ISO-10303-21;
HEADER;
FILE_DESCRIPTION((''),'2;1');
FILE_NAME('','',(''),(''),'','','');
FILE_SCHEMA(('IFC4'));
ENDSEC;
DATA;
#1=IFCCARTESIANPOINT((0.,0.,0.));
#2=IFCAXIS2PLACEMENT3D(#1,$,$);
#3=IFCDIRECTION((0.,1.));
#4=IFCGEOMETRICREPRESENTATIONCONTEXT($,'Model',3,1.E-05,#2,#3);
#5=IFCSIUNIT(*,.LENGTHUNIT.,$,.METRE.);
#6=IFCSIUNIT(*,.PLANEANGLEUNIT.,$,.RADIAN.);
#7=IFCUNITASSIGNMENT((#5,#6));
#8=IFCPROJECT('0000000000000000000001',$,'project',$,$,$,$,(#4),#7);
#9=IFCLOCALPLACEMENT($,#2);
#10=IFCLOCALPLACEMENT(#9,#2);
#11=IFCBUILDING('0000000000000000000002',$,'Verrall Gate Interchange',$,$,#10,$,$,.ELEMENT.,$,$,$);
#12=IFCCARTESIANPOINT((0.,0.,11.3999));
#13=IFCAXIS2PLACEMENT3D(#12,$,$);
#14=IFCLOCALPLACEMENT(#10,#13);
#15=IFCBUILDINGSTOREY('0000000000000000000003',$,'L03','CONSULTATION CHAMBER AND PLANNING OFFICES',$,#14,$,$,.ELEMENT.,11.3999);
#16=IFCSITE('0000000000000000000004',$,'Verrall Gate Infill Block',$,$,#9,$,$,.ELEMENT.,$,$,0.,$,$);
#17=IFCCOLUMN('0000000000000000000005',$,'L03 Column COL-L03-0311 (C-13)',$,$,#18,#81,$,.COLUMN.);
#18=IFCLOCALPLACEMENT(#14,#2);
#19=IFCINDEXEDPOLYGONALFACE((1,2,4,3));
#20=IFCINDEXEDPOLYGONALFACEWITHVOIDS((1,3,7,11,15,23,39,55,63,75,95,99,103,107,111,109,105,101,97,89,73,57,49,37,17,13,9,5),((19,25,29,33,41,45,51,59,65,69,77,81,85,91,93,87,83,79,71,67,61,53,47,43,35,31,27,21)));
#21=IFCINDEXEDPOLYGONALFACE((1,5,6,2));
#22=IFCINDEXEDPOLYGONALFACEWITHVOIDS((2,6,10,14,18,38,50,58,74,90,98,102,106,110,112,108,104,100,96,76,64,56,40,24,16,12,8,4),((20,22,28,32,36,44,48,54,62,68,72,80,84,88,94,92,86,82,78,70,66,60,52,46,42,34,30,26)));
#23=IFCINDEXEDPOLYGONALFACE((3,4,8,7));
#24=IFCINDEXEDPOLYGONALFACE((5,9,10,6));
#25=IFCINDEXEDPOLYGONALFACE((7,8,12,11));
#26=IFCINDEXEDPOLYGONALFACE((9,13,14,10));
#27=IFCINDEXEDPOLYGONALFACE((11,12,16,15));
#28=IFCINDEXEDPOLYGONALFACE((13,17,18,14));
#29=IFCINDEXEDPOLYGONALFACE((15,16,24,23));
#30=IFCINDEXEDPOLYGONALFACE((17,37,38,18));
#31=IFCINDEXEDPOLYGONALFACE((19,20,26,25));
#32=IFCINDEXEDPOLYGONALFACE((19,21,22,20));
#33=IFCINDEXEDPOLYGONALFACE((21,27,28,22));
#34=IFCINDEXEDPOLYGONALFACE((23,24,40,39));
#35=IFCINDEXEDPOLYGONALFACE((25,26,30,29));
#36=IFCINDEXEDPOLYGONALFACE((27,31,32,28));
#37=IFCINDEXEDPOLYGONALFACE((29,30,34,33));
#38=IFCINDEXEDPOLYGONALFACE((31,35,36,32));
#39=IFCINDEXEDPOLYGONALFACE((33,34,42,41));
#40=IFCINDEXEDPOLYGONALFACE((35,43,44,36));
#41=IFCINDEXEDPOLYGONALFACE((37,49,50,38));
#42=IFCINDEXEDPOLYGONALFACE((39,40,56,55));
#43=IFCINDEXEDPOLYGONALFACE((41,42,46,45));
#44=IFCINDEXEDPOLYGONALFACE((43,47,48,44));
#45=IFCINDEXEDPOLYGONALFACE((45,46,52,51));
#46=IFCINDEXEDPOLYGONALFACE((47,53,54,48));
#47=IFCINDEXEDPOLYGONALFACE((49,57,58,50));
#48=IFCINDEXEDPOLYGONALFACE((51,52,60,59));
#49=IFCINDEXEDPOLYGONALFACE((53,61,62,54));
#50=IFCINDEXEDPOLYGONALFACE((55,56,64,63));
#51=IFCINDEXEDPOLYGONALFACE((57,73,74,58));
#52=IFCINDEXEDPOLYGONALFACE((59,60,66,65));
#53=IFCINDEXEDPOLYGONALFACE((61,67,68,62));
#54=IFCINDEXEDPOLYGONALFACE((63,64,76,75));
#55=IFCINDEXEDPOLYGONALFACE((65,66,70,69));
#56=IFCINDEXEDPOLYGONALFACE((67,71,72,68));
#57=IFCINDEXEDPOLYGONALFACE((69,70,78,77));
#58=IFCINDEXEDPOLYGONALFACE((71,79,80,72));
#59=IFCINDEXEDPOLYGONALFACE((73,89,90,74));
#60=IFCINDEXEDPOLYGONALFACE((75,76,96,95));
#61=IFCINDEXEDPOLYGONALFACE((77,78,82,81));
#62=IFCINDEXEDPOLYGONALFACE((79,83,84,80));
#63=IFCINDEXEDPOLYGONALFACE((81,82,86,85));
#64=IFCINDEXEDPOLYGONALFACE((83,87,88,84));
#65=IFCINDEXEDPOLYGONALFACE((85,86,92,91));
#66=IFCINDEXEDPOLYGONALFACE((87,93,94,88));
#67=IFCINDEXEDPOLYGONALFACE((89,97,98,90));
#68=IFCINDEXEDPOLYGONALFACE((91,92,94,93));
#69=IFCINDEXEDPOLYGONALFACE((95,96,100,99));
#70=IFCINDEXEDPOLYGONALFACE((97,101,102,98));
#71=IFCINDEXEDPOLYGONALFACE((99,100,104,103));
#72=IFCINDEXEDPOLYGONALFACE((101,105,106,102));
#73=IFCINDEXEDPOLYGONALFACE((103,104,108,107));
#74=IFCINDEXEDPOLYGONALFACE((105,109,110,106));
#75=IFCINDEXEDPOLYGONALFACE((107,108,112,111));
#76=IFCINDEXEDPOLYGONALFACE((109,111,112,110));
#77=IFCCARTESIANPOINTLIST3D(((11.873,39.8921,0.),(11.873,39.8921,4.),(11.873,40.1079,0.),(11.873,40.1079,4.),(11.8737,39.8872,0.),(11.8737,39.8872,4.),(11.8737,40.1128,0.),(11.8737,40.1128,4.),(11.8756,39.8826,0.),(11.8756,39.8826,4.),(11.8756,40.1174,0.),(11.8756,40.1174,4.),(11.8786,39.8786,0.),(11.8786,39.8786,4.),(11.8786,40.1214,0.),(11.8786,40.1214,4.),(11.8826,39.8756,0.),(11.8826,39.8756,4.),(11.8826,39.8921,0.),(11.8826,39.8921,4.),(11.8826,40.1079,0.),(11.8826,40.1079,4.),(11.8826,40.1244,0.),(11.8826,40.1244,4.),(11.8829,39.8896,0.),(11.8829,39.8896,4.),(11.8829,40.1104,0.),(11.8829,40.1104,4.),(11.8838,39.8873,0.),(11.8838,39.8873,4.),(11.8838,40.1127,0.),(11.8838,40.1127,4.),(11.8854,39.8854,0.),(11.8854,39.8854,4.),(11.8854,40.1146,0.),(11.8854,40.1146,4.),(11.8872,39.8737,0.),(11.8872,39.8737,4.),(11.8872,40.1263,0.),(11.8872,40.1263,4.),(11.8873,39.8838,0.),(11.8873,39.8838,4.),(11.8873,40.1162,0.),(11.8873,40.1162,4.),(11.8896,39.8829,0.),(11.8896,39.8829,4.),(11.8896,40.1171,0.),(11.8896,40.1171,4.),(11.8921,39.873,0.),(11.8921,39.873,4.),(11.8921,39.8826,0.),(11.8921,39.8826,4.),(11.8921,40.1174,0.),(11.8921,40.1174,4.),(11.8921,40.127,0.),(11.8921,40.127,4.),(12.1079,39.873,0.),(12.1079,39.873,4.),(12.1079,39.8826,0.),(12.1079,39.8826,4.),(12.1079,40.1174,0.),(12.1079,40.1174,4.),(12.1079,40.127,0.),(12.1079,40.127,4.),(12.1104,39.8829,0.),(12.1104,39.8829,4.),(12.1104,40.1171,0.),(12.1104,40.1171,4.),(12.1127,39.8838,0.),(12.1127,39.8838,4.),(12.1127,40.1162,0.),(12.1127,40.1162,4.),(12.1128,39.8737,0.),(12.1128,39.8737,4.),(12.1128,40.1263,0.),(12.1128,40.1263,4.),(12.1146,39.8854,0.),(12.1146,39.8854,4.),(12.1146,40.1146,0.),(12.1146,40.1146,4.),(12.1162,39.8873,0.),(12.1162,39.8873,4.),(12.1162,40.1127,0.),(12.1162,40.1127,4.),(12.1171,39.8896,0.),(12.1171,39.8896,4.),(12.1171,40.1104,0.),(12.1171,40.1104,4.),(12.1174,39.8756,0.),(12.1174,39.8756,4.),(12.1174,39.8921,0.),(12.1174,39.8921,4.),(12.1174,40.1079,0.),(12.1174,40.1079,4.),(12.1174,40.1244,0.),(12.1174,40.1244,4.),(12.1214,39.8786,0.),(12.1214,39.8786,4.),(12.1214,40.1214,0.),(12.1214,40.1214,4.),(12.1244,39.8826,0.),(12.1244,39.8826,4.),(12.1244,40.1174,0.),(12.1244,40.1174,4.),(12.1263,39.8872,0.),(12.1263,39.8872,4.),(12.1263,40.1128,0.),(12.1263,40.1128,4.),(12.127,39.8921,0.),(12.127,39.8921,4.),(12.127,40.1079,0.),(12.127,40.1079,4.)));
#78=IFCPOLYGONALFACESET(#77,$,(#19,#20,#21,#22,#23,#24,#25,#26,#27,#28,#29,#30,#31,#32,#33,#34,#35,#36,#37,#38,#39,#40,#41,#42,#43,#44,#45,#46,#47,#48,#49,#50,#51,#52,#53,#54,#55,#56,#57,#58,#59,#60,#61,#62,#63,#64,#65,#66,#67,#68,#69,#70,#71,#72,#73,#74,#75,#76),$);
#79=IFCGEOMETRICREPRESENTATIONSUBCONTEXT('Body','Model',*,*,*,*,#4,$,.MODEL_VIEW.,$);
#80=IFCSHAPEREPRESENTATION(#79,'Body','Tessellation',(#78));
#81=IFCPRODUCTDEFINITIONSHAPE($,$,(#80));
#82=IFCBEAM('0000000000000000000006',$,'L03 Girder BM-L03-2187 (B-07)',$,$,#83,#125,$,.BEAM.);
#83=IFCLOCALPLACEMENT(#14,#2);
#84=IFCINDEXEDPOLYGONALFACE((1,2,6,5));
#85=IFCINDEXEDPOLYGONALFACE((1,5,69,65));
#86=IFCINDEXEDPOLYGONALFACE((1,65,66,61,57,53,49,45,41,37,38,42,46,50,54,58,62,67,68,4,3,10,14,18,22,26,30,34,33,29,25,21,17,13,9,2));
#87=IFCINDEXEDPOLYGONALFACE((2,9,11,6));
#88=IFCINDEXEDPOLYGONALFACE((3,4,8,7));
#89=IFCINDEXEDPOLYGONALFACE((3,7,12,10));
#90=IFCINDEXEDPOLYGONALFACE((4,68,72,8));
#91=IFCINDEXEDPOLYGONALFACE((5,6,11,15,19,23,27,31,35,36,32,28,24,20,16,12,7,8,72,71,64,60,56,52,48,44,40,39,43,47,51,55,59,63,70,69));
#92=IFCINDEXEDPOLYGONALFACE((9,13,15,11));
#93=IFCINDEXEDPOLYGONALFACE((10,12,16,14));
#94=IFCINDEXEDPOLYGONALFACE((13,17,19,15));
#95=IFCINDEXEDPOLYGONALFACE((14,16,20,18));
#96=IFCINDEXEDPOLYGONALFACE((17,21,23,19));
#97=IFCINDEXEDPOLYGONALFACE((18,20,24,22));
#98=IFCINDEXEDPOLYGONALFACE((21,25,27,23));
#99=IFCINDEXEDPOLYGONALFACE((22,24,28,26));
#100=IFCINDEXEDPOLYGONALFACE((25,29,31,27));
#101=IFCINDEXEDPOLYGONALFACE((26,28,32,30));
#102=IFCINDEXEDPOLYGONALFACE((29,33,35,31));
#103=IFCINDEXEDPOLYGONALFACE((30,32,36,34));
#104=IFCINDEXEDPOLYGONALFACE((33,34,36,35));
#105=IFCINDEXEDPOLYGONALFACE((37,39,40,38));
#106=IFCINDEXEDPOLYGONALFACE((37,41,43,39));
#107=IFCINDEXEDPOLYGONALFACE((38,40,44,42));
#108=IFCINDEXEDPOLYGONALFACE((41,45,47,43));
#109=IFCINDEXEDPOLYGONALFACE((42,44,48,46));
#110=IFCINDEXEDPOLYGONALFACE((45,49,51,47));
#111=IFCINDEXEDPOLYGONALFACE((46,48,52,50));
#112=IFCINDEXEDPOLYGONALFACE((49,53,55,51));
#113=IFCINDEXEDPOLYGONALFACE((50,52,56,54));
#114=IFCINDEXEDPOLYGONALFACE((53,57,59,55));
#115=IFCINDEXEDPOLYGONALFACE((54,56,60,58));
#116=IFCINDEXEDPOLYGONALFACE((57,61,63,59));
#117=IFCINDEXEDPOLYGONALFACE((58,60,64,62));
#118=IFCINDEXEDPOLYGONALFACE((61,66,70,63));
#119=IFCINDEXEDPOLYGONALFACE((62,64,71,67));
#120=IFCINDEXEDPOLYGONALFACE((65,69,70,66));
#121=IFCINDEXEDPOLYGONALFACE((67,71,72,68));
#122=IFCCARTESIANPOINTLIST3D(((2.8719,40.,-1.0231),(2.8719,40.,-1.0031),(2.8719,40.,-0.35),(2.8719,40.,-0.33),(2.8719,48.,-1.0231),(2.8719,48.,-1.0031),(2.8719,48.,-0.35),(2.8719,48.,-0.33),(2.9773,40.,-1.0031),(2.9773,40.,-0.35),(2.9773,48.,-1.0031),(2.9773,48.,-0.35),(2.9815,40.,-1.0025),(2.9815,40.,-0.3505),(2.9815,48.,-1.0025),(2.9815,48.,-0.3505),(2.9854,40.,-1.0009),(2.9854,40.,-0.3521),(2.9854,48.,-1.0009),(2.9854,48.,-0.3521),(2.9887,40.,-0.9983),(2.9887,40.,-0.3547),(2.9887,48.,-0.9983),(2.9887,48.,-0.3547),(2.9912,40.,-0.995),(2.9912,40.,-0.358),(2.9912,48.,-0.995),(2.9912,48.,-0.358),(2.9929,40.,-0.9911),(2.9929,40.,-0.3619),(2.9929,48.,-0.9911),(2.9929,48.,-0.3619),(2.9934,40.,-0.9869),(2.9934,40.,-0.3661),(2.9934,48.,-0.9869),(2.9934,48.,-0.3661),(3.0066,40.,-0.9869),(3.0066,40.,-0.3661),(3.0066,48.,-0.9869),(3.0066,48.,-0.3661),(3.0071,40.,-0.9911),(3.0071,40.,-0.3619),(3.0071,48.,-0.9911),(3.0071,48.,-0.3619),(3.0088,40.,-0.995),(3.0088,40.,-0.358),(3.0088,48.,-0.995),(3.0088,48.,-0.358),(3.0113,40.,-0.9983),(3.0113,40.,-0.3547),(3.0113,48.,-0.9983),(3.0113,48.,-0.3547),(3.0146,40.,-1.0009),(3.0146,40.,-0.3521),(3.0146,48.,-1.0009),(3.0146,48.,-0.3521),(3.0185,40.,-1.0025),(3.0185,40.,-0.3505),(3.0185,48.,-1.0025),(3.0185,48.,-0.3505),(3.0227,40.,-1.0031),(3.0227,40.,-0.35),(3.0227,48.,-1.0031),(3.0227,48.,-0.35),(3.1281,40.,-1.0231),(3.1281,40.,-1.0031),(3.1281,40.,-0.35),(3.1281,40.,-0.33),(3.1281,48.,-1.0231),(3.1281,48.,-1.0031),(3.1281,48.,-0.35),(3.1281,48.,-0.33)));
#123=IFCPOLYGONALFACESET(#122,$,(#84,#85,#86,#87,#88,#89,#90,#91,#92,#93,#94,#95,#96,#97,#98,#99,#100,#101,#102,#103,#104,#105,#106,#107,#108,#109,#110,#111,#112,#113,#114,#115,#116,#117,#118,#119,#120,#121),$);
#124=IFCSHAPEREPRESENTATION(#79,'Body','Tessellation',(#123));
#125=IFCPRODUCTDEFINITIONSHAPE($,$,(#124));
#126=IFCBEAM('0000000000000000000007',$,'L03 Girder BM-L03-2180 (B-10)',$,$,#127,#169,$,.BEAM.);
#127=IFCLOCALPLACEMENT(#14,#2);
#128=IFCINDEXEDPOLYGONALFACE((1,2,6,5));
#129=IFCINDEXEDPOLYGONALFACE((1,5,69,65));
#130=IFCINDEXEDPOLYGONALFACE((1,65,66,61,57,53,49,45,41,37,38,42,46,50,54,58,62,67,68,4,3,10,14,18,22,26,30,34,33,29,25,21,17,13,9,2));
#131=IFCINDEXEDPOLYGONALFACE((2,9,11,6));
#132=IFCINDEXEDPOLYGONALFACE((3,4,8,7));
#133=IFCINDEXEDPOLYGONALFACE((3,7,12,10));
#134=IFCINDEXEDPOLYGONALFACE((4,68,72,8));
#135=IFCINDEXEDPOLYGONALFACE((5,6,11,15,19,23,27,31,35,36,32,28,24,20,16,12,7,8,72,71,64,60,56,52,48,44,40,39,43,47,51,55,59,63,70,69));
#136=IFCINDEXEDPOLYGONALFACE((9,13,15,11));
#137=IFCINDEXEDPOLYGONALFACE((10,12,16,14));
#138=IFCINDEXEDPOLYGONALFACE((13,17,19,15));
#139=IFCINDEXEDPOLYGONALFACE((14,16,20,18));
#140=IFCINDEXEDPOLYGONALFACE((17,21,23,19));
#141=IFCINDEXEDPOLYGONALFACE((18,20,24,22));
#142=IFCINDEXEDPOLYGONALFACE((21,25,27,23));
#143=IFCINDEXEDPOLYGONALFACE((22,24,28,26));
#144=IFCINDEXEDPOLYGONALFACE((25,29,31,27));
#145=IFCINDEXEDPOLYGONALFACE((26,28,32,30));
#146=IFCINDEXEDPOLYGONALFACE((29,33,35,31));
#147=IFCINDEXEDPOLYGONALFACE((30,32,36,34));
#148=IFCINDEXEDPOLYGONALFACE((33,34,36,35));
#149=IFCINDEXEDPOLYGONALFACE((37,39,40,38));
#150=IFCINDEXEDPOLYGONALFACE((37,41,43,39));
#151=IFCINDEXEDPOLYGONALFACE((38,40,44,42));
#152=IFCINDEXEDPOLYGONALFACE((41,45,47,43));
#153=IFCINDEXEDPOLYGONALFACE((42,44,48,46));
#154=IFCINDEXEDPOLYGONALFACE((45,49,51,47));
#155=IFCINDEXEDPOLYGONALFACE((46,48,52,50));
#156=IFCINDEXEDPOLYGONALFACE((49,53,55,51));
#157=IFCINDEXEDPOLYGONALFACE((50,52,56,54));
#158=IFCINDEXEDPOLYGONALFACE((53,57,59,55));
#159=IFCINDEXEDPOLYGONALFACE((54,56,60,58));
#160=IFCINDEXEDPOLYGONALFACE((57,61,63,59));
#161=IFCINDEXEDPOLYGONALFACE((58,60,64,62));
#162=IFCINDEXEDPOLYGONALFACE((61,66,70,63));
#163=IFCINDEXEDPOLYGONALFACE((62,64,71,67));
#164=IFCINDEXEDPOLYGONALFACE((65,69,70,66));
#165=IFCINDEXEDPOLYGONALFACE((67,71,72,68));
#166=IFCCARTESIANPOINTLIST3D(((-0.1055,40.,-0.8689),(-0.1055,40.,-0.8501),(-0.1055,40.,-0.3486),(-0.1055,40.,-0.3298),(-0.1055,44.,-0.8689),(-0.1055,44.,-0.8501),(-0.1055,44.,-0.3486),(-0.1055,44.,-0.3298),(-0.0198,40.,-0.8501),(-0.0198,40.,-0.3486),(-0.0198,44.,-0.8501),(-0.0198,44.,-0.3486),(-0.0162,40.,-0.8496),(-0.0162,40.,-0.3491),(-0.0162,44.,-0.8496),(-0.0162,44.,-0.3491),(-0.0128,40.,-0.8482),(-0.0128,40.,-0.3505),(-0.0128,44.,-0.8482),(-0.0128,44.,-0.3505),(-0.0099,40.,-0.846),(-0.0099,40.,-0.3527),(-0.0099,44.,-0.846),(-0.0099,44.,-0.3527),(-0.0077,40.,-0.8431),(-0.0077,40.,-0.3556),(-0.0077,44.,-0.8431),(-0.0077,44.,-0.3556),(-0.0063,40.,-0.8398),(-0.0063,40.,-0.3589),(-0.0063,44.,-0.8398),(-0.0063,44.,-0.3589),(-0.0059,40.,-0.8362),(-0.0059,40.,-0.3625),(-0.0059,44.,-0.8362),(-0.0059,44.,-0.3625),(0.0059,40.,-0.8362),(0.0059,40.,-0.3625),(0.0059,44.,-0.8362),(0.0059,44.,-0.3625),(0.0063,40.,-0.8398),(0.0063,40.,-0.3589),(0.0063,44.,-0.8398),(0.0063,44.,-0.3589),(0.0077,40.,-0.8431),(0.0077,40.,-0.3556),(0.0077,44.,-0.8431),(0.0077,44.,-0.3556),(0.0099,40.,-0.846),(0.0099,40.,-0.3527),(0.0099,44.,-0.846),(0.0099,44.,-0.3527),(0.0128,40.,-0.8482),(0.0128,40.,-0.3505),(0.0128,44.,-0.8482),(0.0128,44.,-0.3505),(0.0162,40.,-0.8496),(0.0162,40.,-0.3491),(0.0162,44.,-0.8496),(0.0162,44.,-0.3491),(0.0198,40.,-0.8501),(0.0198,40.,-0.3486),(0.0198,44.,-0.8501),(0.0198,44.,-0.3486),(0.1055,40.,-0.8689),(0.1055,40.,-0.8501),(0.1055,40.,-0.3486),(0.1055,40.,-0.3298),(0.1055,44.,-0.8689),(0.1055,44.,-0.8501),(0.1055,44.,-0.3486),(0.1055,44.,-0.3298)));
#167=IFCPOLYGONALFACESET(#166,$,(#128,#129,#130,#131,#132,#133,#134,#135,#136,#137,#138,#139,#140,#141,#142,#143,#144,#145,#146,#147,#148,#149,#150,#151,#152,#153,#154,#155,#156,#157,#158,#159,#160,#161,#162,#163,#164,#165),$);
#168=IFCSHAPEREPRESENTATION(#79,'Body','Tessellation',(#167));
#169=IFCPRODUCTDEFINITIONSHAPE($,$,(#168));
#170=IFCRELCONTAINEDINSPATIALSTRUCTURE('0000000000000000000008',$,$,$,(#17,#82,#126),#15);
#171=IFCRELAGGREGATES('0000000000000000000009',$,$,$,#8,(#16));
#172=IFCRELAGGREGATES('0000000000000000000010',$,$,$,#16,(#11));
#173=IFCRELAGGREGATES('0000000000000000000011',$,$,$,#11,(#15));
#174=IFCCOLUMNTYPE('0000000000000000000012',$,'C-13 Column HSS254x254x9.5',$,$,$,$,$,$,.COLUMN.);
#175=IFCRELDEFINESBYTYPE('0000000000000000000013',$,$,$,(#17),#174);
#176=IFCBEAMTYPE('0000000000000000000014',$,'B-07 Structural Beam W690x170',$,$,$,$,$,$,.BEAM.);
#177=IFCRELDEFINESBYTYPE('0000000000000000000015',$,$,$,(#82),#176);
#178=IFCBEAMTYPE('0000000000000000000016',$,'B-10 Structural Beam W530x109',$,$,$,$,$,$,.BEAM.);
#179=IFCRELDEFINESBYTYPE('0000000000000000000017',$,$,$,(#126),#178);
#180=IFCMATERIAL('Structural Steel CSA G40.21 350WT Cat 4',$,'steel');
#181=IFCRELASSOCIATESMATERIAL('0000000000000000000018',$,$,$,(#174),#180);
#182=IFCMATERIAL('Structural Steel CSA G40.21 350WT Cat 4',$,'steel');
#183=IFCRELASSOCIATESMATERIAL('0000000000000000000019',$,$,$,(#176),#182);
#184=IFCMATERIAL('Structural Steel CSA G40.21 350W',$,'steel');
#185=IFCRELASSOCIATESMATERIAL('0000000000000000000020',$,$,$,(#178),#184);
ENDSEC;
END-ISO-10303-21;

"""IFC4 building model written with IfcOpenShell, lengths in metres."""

from ifc_helpers import new_model, si_unit, direction, frame, origin, origin_2d, place, context, subcontext, project, spatial, hollow_rectangle, i_section, extrude, material, material_profile, profile_set, type_object, element, save


model = new_model("IFC4")

# Units and contexts
model_context = context("Model", 3, precision=1e-05, world=origin(), true_north=direction((0.0, 1.0)))
body_context = subcontext(model_context, "Body", "Model", "MODEL_VIEW")
ifc_project = project(units=[si_unit("LENGTHUNIT", "METRE"), si_unit("PLANEANGLEUNIT", "RADIAN")], contexts=[model_context])

# Site, building, storey
site_placement = place(None, origin())
site = spatial("IfcSite", under=ifc_project, at=site_placement, Name="Verrall Gate Infill Block", CompositionType="ELEMENT", RefElevation=0.0)
building_placement = place(site_placement, origin())
building = spatial("IfcBuilding", under=site, at=building_placement, Name="Verrall Gate Interchange", CompositionType="ELEMENT")
storey_placement = place(building_placement, frame((0.0, 0.0, 11.3999)))
storey = spatial("IfcBuildingStorey", under=building, at=storey_placement, Name="L03", Description="CONSULTATION CHAMBER AND PLANNING OFFICES", CompositionType="ELEMENT", Elevation=11.3999)

# Column
ifc_material_1 = material(Name="Structural Steel CSA G40.21 350WT Cat 4", Category="steel")
ifc_material_profile_1 = material_profile(ifc_material_1, hollow_rectangle(XDim=0.2539, YDim=0.2539, WallThickness=0.0095, InnerFilletRadius=0.0095, OuterFilletRadius=0.019, at=origin_2d()), Name="HSS254x254x9.5")
ifc_profile_set_1 = profile_set([ifc_material_profile_1], Name="Structural Steel CSA G40.21 350WT Cat 4")
column_type_1 = type_object("IfcColumnType", Name="C-13 Column HSS254x254x9.5", PredefinedType="COLUMN", material=ifc_profile_set_1)
for number, where, z_axis, x_axis, name in (
    (1, (12.0, 40.0, 0.0), (0.0, 0.0, 1.0), (1.0, 0.0, 0.0), "L03 Column COL-L03-0311 (C-13)"),
):
    element("IfcColumn", number, at=place(storey_placement, frame(where, z_axis=z_axis, x_axis=x_axis)), inside=storey, type_object=column_type_1, Name=name, PredefinedType="COLUMN", context=body_context, shape_type="SweptSolid", body=[
        extrude(hollow_rectangle(XDim=0.2539, YDim=0.2539, WallThickness=0.0095, InnerFilletRadius=0.0095, OuterFilletRadius=0.019, at=origin_2d()), origin(), (0.0, 0.0, 1.0), 4.0),
    ])

# Beams
ifc_material_2 = material(Name="Structural Steel CSA G40.21 350WT Cat 4", Category="steel")
ifc_material_profile_2 = material_profile(ifc_material_2, i_section(OverallWidth=0.2561, OverallDepth=0.6931, WebThickness=0.0132, FlangeThickness=0.02, FilletRadius=0.0161, at=origin_2d()), Name="W690x170")
ifc_profile_set_2 = profile_set([ifc_material_profile_2], Name="Structural Steel CSA G40.21 350WT Cat 4")
beam_type_1 = type_object("IfcBeamType", Name="B-07 Structural Beam W690x170", PredefinedType="BEAM", material=ifc_profile_set_2)
beam_1_placement = place(storey_placement, frame((3.0, 40.0, -0.6765), z_axis=(0.0, 1.0, 0.0), x_axis=(-1.0, 0.0, 0.0)))
element("IfcBeam", 2, at=beam_1_placement, inside=storey, type_object=beam_type_1, Name="L03 Girder BM-L03-2187 (B-07)", PredefinedType="BEAM", context=body_context, shape_type="SweptSolid", body=[
    extrude(i_section(OverallWidth=0.2561, OverallDepth=0.6931, WebThickness=0.0132, FlangeThickness=0.02, FilletRadius=0.0161, at=origin_2d()), origin(), (0.0, 0.0, 1.0), 8.0),
])
ifc_material_3 = material(Name="Structural Steel CSA G40.21 350W", Category="steel")
ifc_material_profile_3 = material_profile(ifc_material_3, i_section(OverallWidth=0.2109, OverallDepth=0.5391, WebThickness=0.0117, FlangeThickness=0.0188, FilletRadius=0.0139, at=origin_2d()), Name="W530x109")
ifc_profile_set_3 = profile_set([ifc_material_profile_3], Name="Structural Steel CSA G40.21 350W")
beam_type_2 = type_object("IfcBeamType", Name="B-10 Structural Beam W530x109", PredefinedType="BEAM", material=ifc_profile_set_3)
for number, where, z_axis, x_axis, name in (
    (3, (0.0, 40.0, -0.5994), (0.0, 1.0, 0.0), (-1.0, 0.0, 0.0), "L03 Girder BM-L03-2180 (B-10)"),
):
    element("IfcBeam", number, at=place(storey_placement, frame(where, z_axis=z_axis, x_axis=x_axis)), inside=storey, type_object=beam_type_2, Name=name, PredefinedType="BEAM", context=body_context, shape_type="SweptSolid", body=[
        extrude(i_section(OverallWidth=0.2109, OverallDepth=0.5391, WebThickness=0.0117, FlangeThickness=0.0188, FilletRadius=0.0139, at=origin_2d()), origin(), (0.0, 0.0, 1.0), 4.0),
    ])

save(model, "model.ifc")
